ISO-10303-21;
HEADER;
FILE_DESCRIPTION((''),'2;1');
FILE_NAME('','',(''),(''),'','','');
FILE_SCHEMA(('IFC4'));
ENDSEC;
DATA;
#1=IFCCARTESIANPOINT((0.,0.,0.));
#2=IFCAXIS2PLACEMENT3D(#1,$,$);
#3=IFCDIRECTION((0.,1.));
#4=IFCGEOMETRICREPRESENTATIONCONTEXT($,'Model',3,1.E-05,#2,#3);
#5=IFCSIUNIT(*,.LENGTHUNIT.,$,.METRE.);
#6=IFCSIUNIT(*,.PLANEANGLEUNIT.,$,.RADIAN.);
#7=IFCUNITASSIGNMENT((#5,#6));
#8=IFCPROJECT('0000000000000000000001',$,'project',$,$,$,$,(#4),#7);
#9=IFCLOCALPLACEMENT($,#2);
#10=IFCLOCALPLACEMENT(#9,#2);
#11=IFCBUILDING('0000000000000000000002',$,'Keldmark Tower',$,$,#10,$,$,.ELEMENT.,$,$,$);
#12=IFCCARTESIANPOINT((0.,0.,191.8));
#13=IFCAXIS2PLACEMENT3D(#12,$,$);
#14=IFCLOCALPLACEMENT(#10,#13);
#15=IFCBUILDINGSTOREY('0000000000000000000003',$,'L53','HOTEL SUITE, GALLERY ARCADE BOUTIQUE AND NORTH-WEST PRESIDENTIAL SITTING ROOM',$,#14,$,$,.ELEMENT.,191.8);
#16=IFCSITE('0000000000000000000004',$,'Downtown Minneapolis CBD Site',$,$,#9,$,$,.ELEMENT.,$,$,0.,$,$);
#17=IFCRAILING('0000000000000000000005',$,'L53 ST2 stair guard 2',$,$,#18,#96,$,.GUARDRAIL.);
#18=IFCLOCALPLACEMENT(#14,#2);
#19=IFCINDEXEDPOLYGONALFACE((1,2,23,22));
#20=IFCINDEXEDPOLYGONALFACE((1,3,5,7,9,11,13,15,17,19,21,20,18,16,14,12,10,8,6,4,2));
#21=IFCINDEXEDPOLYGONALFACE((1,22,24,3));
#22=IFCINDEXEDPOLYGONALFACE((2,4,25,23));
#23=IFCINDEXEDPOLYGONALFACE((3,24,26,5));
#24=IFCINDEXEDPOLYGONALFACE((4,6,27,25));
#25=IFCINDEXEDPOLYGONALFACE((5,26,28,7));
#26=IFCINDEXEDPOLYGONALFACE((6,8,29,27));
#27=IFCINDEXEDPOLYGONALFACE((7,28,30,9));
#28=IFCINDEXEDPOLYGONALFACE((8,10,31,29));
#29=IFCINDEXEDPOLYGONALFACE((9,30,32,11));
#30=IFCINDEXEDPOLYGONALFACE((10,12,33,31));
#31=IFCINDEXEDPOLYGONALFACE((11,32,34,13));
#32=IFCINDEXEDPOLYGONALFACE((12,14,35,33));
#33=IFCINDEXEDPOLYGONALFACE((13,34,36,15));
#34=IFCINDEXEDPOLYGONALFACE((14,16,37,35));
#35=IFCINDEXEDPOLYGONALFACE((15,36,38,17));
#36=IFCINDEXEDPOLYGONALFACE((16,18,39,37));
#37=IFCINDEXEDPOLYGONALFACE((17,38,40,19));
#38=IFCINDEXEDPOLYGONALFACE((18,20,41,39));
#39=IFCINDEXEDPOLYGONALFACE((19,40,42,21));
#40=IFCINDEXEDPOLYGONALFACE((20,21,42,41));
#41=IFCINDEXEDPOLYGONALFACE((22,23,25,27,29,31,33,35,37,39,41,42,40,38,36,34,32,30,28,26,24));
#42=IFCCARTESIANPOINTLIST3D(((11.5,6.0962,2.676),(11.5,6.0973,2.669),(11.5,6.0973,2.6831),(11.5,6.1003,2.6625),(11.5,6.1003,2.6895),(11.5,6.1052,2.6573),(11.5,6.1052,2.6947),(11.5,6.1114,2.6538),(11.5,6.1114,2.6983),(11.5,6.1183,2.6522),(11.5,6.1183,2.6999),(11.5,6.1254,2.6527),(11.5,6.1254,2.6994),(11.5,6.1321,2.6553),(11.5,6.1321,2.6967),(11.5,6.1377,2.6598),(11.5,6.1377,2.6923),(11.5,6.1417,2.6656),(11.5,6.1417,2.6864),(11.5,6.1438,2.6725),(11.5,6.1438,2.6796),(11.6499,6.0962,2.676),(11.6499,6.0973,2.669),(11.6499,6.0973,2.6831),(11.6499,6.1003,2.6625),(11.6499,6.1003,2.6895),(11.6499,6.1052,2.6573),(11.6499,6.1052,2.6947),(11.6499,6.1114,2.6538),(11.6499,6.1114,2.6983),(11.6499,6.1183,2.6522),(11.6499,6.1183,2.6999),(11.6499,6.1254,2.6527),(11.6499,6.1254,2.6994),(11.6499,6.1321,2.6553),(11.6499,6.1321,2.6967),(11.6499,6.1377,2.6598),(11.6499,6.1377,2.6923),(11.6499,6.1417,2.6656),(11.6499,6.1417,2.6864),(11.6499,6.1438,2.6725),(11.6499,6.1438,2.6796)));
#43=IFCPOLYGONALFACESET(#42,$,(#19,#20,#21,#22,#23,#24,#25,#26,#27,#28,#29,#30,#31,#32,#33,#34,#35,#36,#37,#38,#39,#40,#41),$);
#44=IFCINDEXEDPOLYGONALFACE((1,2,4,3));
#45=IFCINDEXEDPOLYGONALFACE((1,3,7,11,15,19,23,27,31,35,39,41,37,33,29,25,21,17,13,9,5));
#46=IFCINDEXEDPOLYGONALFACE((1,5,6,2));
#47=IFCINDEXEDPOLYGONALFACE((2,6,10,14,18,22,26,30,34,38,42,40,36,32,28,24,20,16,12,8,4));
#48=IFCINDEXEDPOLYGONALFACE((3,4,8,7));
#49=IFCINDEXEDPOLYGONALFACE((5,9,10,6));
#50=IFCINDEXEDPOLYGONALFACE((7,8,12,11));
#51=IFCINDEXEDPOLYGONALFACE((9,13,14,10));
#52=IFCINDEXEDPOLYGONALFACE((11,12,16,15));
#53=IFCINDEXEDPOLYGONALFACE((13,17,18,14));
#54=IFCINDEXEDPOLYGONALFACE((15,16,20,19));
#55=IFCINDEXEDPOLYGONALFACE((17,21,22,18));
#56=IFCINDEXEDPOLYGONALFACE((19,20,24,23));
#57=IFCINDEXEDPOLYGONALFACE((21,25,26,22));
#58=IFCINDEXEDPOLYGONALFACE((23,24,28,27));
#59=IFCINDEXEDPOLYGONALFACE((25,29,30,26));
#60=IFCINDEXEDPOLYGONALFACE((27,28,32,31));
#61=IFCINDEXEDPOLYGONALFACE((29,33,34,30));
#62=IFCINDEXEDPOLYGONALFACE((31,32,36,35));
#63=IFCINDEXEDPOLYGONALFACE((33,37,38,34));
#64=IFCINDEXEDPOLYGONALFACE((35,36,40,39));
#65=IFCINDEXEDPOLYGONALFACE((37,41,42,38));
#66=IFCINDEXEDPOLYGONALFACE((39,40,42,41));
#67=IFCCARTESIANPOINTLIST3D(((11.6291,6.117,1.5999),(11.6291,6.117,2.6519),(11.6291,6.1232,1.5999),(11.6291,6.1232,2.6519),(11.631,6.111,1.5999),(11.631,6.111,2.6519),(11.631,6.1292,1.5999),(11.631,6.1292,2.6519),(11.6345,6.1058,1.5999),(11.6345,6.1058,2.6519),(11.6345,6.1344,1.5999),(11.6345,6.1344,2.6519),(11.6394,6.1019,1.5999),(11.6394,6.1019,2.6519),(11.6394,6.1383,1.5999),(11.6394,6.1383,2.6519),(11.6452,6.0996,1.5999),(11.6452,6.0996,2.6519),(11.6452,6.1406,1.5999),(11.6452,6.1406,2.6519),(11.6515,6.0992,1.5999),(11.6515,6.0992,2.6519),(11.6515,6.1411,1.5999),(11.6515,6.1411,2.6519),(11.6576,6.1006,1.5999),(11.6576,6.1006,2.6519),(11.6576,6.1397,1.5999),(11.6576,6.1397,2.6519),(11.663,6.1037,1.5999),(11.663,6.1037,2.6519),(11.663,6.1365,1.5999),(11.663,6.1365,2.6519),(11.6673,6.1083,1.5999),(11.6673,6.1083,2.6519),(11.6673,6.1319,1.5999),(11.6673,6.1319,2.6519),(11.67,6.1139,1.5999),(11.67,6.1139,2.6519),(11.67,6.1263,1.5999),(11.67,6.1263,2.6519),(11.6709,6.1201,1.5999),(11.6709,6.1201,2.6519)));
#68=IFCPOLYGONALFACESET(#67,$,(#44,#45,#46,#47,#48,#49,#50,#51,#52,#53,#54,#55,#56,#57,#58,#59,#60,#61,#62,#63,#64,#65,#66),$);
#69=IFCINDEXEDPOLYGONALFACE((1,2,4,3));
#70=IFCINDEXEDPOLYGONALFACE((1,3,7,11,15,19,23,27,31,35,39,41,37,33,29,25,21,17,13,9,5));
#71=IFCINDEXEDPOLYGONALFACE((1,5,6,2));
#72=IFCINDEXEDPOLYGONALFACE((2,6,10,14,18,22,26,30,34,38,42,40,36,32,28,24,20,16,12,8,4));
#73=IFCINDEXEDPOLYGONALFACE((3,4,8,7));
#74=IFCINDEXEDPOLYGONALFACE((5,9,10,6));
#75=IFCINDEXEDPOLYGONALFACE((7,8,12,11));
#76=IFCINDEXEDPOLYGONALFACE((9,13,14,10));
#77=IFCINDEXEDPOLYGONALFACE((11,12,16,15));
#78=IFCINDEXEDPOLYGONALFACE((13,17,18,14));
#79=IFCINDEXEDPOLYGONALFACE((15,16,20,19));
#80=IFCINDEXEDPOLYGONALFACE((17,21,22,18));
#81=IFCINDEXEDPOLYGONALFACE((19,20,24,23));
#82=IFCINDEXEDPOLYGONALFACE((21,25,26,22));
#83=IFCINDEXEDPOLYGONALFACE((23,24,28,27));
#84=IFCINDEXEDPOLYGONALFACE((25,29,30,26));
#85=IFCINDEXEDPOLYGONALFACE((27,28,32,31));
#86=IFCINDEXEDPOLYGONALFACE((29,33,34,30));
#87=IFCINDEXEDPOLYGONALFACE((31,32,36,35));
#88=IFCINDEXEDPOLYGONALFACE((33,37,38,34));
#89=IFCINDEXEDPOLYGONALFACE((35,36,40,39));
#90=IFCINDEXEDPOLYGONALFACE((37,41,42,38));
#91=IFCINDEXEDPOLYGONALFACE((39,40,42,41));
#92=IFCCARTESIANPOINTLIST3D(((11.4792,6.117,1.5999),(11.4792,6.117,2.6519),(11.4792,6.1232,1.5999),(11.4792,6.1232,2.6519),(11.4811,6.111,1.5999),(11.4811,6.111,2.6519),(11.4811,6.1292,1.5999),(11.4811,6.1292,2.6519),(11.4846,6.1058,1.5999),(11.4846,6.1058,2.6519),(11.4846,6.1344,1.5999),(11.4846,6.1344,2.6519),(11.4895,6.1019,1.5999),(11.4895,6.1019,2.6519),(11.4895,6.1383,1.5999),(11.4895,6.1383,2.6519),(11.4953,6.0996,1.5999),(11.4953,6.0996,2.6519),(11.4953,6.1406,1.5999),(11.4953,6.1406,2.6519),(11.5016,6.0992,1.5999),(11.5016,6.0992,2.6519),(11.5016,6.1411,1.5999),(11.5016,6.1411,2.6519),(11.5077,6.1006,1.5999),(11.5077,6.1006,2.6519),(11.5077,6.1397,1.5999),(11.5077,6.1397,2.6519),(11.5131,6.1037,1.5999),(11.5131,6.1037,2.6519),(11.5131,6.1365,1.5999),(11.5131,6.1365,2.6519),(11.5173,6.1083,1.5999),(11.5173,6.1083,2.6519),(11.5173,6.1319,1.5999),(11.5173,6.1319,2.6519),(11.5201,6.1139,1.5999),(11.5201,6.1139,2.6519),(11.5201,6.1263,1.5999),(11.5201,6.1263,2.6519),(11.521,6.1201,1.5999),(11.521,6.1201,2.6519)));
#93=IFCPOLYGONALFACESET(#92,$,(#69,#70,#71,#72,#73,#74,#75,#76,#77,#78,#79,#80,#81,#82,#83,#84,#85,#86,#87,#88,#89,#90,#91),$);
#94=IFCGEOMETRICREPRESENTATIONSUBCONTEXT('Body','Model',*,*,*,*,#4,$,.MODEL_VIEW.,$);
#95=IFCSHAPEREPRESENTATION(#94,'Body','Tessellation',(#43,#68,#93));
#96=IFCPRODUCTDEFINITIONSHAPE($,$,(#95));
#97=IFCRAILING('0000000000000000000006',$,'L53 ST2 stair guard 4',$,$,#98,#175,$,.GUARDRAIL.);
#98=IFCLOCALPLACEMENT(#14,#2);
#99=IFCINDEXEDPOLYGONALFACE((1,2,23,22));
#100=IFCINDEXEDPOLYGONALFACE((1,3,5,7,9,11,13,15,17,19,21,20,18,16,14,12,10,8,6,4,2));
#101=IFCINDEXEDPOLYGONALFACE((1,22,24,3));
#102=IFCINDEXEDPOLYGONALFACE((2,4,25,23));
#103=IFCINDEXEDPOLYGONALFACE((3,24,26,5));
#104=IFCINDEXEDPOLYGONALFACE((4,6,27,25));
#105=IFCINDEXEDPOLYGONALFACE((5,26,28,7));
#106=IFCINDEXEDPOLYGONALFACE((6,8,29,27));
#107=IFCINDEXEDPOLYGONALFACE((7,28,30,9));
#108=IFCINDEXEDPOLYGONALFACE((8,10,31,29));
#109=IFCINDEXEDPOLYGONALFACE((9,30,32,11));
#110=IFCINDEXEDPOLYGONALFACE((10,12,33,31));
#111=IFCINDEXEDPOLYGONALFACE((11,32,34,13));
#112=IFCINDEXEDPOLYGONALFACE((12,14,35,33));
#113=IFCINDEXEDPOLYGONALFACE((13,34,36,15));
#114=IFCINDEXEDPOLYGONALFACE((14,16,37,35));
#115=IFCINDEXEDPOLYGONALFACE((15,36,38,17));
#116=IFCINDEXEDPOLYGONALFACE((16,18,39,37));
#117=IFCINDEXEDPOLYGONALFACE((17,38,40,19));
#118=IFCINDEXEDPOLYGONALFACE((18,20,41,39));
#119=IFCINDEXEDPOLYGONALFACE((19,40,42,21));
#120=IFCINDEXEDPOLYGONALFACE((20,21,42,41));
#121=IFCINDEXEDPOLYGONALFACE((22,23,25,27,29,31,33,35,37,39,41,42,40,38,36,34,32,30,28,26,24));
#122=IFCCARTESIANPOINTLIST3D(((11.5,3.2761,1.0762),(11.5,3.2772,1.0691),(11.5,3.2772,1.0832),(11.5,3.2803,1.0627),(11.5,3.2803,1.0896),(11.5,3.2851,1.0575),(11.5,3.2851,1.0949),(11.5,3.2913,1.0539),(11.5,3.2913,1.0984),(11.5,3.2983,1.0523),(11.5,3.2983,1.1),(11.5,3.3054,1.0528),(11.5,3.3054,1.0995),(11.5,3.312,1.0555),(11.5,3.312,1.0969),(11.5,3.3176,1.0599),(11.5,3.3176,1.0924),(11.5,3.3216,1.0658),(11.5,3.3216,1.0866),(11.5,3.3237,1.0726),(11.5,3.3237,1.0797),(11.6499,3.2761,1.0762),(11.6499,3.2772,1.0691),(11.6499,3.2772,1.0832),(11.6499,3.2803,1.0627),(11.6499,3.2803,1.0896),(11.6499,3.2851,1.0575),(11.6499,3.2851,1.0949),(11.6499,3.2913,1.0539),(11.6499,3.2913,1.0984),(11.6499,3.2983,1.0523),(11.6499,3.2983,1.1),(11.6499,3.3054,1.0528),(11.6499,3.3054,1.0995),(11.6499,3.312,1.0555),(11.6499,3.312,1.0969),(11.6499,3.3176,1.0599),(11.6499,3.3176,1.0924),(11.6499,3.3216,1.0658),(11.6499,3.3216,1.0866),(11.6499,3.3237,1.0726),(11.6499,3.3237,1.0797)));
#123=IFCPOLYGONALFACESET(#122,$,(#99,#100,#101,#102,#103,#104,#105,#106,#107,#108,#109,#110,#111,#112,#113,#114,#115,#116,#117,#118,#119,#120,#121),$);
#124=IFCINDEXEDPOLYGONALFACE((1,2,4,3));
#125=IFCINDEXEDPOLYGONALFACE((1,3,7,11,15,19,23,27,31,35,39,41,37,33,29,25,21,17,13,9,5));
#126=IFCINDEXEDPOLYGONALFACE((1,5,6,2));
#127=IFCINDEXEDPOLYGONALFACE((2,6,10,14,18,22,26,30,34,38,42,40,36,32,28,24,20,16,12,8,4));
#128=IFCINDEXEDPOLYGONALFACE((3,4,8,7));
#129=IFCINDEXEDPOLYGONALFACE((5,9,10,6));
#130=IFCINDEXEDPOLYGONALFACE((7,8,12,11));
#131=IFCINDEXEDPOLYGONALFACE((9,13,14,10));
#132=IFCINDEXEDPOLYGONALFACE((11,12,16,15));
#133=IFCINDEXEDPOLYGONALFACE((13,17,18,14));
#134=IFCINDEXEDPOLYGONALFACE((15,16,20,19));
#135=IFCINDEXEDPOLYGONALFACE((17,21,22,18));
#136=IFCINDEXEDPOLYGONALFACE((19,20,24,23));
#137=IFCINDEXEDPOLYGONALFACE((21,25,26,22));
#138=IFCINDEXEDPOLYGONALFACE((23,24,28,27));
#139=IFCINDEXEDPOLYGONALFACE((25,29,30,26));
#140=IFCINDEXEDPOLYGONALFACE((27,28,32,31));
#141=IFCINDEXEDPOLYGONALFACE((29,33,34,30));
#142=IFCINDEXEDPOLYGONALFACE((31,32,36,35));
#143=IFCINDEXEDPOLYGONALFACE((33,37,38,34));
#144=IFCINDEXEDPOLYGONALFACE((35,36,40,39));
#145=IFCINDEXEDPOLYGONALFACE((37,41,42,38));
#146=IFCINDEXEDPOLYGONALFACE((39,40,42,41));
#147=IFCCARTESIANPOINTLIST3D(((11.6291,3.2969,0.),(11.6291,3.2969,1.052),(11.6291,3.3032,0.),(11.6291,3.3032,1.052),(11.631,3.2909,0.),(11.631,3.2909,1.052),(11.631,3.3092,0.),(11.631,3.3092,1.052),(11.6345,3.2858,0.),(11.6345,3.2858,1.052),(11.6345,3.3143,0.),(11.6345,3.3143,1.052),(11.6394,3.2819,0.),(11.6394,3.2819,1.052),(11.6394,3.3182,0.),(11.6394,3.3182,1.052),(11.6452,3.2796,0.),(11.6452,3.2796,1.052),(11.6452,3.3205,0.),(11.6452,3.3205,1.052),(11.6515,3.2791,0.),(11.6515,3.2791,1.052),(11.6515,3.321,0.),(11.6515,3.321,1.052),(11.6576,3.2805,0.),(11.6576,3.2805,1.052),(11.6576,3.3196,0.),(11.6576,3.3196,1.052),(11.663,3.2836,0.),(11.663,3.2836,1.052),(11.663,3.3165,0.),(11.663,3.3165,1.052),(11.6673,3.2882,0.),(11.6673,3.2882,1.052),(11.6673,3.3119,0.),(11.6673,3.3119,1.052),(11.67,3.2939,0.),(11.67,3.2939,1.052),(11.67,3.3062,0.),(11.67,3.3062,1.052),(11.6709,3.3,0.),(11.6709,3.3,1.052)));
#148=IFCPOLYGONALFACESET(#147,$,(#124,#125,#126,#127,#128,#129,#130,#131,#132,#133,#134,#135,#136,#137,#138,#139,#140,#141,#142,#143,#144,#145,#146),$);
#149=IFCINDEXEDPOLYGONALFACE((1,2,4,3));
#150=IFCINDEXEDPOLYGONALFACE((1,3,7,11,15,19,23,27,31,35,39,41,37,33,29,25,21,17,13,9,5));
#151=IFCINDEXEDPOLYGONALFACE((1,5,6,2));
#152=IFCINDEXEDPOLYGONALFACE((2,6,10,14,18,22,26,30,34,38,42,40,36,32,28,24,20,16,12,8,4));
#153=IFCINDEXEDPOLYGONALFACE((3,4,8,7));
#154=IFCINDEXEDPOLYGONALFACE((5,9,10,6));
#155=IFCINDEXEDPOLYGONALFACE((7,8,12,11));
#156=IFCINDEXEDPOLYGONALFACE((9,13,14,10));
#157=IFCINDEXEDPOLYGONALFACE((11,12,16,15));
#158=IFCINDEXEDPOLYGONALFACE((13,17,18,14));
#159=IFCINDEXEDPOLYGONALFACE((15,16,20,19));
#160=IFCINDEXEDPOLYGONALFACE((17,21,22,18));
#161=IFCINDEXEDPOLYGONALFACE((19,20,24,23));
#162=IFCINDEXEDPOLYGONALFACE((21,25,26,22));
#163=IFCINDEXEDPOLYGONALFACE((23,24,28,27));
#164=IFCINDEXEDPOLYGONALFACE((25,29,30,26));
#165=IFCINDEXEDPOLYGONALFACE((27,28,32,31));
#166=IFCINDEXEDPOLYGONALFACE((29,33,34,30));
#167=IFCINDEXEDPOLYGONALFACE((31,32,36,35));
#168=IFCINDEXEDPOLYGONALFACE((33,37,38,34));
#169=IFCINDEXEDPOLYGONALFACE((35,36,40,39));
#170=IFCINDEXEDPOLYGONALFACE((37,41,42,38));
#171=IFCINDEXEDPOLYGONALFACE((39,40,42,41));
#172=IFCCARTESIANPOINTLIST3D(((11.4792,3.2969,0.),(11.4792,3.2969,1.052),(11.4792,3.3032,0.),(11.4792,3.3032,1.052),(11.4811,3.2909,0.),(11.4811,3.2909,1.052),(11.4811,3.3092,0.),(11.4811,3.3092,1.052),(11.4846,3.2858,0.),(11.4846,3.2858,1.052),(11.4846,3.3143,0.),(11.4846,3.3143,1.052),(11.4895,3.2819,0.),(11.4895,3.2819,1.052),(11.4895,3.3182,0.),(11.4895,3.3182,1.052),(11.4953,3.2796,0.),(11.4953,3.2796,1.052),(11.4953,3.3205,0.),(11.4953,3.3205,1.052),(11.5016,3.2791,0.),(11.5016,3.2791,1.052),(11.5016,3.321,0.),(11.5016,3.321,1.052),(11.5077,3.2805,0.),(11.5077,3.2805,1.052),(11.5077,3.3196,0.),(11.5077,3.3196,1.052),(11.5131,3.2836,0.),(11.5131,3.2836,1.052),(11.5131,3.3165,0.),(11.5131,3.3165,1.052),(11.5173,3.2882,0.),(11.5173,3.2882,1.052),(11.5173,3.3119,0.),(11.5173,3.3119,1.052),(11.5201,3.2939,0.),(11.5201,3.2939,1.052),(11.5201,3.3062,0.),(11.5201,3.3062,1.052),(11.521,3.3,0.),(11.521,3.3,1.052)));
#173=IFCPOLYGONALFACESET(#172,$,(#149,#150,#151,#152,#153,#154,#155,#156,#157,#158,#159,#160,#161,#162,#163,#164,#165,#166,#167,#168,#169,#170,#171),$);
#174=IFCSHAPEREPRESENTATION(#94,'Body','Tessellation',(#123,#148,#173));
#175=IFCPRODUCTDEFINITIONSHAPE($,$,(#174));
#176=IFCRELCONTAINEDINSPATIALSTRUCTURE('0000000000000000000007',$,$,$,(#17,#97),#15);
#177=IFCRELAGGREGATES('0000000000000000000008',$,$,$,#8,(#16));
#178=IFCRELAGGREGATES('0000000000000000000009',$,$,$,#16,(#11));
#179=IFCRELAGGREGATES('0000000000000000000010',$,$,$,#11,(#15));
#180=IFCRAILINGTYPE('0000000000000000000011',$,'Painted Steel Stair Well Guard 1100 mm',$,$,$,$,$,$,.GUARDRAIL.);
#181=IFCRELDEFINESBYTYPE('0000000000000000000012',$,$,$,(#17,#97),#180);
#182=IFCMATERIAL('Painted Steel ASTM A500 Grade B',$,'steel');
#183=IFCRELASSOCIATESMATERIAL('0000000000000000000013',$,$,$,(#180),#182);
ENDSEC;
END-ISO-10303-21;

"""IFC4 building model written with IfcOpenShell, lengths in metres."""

from ifc_helpers import new_model, si_unit, direction, frame, origin, origin_2d, place, context, subcontext, project, spatial, circle, extrude, material, type_object, element, save


model = new_model("IFC4")

# Units and contexts
model_context = context("Model", 3, precision=1e-05, world=origin(), true_north=direction((0.0, 1.0)))
body_context = subcontext(model_context, "Body", "Model", "MODEL_VIEW")
ifc_project = project(units=[si_unit("LENGTHUNIT", "METRE"), si_unit("PLANEANGLEUNIT", "RADIAN")], contexts=[model_context])

# Site, building, storey
site_placement = place(None, origin())
site = spatial("IfcSite", under=ifc_project, at=site_placement, Name="Downtown Minneapolis CBD Site", CompositionType="ELEMENT", RefElevation=0.0)
building_placement = place(site_placement, origin())
building = spatial("IfcBuilding", under=site, at=building_placement, Name="Keldmark Tower", CompositionType="ELEMENT")
storey_placement = place(building_placement, frame((0.0, 0.0, 191.8)))
storey = spatial("IfcBuildingStorey", under=building, at=storey_placement, Name="L53", Description="HOTEL SUITE, GALLERY ARCADE BOUTIQUE AND NORTH-WEST PRESIDENTIAL SITTING ROOM", CompositionType="ELEMENT", Elevation=191.8)

# Railings
ifc_material_1 = material(Name="Painted Steel ASTM A500 Grade B", Category="steel")
railing_type_1 = type_object("IfcRailingType", Name="Painted Steel Stair Well Guard 1100 mm", PredefinedType="GUARDRAIL", material=ifc_material_1)
for number, where, name in (
    (1, (11.6499, 6.1201, 1.5999), "L53 ST2 stair guard 2"),
    (2, (11.6499, 3.3, 0.0), "L53 ST2 stair guard 4"),
):
    element("IfcRailing", number, at=place(storey_placement, frame(where)), inside=storey, type_object=railing_type_1, Name=name, PredefinedType="GUARDRAIL", context=body_context, shape_type="SweptSolid", body=[
        extrude(circle(Radius=0.0239, at=origin_2d()), frame((0.0, 0.0, 1.0762), z_axis=(-1.0, 0.0, 0.0), x_axis=(0.0, -1.0, 0.0)), (0.0, 0.0, 1.0), 0.1499),
        extrude(circle(Radius=0.021, at=origin_2d()), origin(), (0.0, 0.0, 1.0), 1.052),
        extrude(circle(Radius=0.021, at=origin_2d()), frame((-0.1499, 0.0, 0.0)), (0.0, 0.0, 1.0), 1.052),
    ])

save(model, "model.ifc")
